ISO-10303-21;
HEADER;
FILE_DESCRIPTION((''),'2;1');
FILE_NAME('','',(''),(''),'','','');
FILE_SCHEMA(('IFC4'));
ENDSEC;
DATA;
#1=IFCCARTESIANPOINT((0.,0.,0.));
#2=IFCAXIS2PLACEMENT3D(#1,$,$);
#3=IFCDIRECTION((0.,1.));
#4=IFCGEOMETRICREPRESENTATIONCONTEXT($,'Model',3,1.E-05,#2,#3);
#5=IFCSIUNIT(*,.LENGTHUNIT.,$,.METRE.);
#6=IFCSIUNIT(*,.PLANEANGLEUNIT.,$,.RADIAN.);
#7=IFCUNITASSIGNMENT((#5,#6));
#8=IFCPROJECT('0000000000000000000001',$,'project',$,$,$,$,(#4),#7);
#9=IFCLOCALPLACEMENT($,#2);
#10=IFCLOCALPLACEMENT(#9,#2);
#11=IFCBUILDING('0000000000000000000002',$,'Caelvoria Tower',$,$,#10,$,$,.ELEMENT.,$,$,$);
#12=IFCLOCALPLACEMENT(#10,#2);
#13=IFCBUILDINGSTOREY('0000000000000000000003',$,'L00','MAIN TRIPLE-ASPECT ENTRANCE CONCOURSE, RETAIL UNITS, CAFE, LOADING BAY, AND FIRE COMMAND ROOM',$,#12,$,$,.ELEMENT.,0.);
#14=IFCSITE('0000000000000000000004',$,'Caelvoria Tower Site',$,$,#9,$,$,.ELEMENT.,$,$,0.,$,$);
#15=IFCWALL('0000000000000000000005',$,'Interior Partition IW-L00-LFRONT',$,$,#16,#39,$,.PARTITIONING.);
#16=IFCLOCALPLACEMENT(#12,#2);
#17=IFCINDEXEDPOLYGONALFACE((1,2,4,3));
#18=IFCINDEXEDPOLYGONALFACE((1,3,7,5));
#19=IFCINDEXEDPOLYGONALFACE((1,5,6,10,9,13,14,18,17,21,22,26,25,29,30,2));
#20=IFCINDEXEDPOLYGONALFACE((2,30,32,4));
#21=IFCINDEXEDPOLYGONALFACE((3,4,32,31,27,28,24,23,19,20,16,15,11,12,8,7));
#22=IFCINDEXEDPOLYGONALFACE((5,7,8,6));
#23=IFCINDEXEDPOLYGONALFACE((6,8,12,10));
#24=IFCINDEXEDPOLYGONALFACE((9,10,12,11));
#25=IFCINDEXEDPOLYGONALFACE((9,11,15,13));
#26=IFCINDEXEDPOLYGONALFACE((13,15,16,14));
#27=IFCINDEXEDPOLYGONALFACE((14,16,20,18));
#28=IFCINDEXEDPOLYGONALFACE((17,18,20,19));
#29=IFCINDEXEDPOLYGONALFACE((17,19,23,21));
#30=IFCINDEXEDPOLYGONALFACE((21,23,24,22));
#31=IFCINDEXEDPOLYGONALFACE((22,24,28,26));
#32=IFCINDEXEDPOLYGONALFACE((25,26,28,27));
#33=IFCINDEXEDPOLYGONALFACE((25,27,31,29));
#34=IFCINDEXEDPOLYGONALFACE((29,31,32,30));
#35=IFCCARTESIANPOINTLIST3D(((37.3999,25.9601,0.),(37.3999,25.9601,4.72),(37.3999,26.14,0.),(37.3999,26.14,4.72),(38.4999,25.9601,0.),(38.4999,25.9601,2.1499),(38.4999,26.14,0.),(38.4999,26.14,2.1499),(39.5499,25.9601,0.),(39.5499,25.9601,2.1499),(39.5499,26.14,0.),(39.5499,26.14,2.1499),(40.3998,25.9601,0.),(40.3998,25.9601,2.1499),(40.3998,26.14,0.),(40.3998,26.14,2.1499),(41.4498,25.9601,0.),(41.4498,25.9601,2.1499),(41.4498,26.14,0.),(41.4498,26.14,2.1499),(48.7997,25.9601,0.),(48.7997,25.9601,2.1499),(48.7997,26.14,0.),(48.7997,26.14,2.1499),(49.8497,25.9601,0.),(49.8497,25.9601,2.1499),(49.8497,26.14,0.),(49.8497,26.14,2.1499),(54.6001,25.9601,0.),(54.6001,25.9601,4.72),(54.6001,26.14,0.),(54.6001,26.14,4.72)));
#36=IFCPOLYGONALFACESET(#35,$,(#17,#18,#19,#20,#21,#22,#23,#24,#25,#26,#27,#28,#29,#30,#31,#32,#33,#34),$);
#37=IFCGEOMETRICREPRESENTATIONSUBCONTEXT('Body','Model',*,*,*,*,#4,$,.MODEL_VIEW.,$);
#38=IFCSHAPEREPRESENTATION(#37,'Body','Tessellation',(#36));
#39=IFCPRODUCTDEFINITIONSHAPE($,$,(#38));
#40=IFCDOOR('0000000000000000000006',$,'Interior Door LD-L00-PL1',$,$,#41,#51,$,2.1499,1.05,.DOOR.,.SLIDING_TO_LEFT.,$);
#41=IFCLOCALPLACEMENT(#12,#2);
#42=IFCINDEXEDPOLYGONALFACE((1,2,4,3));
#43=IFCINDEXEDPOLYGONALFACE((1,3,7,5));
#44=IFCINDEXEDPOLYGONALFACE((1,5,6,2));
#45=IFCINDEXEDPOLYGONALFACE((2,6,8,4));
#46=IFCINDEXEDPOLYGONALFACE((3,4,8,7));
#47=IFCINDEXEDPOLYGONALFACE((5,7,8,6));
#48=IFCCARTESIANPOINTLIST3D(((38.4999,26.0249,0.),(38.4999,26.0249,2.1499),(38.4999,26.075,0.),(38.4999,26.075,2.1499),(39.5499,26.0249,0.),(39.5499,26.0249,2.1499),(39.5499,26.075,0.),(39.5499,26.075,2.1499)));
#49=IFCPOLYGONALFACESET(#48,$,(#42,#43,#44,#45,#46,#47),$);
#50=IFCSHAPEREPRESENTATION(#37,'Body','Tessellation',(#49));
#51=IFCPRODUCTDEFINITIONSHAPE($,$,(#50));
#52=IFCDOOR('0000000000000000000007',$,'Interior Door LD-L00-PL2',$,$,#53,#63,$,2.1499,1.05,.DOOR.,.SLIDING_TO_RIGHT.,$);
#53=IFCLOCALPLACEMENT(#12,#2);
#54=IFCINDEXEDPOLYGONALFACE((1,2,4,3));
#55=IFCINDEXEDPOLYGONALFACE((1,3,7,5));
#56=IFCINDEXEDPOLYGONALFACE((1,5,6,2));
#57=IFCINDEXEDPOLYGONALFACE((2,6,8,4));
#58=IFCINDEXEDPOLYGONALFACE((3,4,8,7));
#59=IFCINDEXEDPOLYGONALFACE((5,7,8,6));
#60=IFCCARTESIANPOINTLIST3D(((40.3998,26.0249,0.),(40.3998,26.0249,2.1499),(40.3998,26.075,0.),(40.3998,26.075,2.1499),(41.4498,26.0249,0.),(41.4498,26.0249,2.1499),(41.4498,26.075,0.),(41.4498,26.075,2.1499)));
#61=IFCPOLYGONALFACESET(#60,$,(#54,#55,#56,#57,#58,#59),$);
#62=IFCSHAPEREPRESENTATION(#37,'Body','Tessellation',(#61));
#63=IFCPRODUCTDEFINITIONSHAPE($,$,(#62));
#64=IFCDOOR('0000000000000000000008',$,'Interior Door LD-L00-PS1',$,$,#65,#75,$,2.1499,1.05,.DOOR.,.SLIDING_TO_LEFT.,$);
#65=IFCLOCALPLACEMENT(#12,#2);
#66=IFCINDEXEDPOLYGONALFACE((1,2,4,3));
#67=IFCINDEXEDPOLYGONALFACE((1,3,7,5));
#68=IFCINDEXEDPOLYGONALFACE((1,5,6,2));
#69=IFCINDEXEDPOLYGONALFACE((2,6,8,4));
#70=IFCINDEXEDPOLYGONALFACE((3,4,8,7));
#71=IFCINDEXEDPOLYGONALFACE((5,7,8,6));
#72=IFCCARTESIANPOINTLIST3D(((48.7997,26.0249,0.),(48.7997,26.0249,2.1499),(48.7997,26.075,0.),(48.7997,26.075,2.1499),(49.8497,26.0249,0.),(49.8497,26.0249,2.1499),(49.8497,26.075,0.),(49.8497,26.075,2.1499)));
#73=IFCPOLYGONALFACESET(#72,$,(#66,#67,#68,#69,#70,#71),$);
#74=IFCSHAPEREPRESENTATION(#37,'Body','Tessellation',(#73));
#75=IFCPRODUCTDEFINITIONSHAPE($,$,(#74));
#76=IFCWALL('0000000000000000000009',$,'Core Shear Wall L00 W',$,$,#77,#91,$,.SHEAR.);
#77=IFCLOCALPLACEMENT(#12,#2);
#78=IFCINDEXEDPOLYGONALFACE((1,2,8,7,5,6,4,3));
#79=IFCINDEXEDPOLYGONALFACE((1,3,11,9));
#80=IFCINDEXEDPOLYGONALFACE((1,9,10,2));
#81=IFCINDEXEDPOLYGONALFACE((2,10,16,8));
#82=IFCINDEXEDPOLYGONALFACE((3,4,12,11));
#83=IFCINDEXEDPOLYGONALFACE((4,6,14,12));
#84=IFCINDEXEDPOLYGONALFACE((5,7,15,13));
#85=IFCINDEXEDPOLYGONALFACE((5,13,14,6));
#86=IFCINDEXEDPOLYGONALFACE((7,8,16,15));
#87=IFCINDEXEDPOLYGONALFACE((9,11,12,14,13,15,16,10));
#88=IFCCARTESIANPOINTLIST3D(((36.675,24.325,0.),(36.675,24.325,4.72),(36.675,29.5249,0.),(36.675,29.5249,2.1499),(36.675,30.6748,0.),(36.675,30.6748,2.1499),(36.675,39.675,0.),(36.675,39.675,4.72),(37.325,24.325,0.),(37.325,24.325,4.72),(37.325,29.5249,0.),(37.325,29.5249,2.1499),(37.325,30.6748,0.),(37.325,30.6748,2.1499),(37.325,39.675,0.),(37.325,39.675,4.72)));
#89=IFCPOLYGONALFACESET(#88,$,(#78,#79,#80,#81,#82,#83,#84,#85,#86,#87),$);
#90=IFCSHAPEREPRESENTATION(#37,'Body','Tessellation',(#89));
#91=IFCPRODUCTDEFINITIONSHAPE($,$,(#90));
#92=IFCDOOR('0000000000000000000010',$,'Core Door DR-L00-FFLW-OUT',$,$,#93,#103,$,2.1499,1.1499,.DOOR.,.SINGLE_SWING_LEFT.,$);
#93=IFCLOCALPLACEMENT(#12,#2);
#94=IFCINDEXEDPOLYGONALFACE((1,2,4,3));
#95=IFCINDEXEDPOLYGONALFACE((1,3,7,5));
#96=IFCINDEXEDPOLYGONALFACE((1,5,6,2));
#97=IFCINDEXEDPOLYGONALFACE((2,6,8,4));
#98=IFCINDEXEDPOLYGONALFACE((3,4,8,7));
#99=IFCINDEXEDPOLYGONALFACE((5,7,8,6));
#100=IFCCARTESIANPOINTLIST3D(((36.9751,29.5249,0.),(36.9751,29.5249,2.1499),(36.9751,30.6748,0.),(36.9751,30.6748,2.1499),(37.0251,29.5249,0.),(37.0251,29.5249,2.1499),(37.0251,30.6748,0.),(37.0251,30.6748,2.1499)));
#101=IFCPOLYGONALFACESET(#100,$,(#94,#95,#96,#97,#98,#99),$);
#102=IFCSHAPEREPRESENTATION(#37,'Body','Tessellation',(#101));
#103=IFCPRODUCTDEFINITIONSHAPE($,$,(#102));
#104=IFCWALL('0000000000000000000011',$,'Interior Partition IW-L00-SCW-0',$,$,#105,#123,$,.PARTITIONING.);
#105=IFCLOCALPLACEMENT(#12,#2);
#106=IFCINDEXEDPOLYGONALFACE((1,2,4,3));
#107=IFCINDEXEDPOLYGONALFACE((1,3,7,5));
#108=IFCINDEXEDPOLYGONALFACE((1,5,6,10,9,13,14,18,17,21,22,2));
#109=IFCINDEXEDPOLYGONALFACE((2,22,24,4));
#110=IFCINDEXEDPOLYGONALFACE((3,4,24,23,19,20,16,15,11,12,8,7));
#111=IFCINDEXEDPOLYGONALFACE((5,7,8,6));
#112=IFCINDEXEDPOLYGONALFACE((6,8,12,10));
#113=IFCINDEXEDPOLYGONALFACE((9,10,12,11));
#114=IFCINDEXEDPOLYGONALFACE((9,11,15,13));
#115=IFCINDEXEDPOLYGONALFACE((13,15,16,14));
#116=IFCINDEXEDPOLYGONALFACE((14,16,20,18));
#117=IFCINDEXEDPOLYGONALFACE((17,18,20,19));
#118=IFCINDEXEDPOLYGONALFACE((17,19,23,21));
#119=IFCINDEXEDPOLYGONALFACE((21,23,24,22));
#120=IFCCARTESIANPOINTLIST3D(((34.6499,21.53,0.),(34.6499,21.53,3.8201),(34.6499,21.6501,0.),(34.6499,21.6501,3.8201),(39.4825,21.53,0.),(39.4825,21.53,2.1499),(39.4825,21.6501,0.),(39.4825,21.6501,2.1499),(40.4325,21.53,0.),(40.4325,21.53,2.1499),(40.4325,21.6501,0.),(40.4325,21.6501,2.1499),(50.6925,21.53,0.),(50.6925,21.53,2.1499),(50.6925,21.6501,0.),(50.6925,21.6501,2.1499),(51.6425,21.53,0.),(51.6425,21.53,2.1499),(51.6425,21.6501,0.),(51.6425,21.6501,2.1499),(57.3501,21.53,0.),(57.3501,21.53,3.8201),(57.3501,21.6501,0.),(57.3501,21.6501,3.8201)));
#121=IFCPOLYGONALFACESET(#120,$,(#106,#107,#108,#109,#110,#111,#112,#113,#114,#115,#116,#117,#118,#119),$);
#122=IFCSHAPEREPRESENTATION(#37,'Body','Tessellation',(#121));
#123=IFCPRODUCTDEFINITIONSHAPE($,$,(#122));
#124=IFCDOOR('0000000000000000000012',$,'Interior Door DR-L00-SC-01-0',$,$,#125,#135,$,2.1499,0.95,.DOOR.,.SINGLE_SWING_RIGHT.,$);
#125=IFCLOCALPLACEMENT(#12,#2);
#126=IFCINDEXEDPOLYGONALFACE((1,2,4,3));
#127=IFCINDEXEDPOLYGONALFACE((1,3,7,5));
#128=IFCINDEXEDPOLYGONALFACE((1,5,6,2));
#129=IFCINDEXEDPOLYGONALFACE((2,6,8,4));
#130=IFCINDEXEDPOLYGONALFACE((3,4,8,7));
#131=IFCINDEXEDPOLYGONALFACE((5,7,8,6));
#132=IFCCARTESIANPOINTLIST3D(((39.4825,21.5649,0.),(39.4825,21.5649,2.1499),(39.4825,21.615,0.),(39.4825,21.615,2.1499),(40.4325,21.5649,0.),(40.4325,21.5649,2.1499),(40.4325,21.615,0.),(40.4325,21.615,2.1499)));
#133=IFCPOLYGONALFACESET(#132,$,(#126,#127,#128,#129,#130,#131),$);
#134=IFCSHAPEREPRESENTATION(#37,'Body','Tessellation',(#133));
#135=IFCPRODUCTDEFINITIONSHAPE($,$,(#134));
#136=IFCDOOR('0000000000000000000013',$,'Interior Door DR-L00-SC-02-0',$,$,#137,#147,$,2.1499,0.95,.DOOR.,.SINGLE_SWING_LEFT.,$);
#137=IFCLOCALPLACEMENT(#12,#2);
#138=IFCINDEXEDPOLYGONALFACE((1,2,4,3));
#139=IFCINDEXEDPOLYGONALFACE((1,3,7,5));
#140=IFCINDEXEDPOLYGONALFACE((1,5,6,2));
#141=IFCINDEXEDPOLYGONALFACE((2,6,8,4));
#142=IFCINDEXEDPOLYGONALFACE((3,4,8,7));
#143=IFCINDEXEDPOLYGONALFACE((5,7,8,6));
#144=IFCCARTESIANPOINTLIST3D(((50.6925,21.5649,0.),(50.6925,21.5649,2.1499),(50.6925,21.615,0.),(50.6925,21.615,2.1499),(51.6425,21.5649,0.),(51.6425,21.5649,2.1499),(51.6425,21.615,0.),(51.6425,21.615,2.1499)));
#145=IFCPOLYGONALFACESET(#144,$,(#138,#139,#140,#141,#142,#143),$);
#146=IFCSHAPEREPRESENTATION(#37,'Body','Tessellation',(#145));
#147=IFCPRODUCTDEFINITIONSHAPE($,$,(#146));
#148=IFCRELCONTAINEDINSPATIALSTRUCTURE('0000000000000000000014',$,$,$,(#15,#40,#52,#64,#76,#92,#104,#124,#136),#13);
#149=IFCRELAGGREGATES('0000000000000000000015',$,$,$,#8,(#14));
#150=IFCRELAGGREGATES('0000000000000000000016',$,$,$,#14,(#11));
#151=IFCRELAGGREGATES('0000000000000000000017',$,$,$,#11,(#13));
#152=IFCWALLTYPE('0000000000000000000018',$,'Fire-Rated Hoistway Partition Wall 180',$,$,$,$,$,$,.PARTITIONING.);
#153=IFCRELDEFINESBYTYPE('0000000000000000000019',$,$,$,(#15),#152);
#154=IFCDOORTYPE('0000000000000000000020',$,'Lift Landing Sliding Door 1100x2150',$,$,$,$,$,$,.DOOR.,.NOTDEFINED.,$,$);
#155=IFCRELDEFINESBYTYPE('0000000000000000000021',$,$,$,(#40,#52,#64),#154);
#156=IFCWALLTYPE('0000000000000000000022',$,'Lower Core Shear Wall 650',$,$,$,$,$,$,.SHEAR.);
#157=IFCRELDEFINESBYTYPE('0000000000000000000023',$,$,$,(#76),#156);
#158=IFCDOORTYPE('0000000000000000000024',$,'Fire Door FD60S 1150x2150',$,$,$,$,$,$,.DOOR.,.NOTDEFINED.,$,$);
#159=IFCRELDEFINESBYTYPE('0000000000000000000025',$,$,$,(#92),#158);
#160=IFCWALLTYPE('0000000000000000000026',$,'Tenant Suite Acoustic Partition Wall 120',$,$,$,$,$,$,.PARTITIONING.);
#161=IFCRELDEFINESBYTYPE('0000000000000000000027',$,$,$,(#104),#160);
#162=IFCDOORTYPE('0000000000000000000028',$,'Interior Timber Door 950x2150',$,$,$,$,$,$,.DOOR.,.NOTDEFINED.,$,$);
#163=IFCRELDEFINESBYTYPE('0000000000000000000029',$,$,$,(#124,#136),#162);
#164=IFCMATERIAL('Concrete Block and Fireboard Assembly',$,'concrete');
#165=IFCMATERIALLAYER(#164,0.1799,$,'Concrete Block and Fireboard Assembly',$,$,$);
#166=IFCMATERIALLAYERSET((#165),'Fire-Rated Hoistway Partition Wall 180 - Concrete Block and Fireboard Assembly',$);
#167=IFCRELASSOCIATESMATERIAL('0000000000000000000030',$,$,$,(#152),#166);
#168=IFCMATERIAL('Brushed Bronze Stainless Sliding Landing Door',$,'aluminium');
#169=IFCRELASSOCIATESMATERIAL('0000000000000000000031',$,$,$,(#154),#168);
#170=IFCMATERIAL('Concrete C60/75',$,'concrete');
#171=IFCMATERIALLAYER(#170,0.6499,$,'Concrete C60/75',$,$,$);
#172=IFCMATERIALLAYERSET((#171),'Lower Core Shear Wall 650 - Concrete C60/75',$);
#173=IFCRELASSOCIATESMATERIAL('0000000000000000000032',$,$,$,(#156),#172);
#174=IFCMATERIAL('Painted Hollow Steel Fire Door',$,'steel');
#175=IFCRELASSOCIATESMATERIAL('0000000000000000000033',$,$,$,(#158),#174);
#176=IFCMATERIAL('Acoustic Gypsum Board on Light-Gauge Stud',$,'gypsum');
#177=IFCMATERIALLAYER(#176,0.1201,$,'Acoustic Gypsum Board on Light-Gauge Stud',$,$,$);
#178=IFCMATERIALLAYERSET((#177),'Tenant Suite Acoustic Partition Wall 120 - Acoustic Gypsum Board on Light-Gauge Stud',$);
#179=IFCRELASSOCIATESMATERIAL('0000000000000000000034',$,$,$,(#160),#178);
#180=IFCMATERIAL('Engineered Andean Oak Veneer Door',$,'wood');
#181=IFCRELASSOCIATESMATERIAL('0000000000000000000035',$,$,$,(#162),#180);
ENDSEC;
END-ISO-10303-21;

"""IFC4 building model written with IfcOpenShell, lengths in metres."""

from ifc_helpers import new_model, si_unit, direction, frame, frame_2d, origin, place, context, subcontext, project, spatial, rectangle, extrude, material, layer, layer_set, type_object, element, fill, save


model = new_model("IFC4")

# Units and contexts
model_context = context("Model", 3, precision=1e-05, world=origin(), true_north=direction((0.0, 1.0)))
body_context = subcontext(model_context, "Body", "Model", "MODEL_VIEW")
ifc_project = project(units=[si_unit("LENGTHUNIT", "METRE"), si_unit("PLANEANGLEUNIT", "RADIAN")], contexts=[model_context])

# Site, building, storey
site_placement = place(None, origin())
site = spatial("IfcSite", under=ifc_project, at=site_placement, Name="Caelvoria Tower Site", CompositionType="ELEMENT", RefElevation=0.0)
building_placement = place(site_placement, origin())
building = spatial("IfcBuilding", under=site, at=building_placement, Name="Caelvoria Tower", CompositionType="ELEMENT")
storey_placement = place(building_placement, origin())
storey = spatial("IfcBuildingStorey", under=building, at=storey_placement, Name="L00", Description="MAIN TRIPLE-ASPECT ENTRANCE CONCOURSE, RETAIL UNITS, CAFE, LOADING BAY, AND FIRE COMMAND ROOM", CompositionType="ELEMENT", Elevation=0.0)

# Wall, openings, doors
ifc_material_1 = material(Name="Concrete Block and Fireboard Assembly", Category="concrete")
ifc_layer_1 = layer(ifc_material_1, 0.1799, Name="Concrete Block and Fireboard Assembly")
ifc_layer_set_1 = layer_set([ifc_layer_1], Name="Fire-Rated Hoistway Partition Wall 180 - Concrete Block and Fireboard Assembly")
wall_type_1 = type_object("IfcWallType", Name="Fire-Rated Hoistway Partition Wall 180", PredefinedType="PARTITIONING", material=ifc_layer_set_1)
wall_1_placement = place(storey_placement, frame((37.3999, 26.05, 0.0), z_axis=(0.0, 0.0, 1.0), x_axis=(1.0, 0.0, 0.0)))
wall_1 = element("IfcWall", 1, at=wall_1_placement, inside=storey, type_object=wall_type_1, Name="Interior Partition IW-L00-LFRONT", PredefinedType="PARTITIONING", context=body_context, shape_type="SweptSolid", body=[
    extrude(rectangle(XDim=17.2002, YDim=0.1799, at=frame_2d((8.6001, 0.0))), origin(), (0.0, 0.0, 1.0), 4.72),
])
opening_1_placement = place(wall_1_placement, frame((1.1001, 0.0, 0.0)))
opening_1 = element("IfcOpeningElement", 2, at=opening_1_placement, cuts=wall_1, PredefinedType="OPENING", context=body_context, shape_type="SweptSolid", body=[
    extrude(rectangle(XDim=1.05, YDim=2.1499, at=frame_2d((0.5249, 1.075))), frame((0.0, 0.0999, 0.0), z_axis=(0.0, -1.0, 0.0), x_axis=(1.0, 0.0, 0.0)), (0.0, 0.0, 1.0), 0.2),
])
opening_2_placement = place(wall_1_placement, frame((3.0, 0.0, 0.0)))
opening_2 = element("IfcOpeningElement", 3, at=opening_2_placement, cuts=wall_1, PredefinedType="OPENING", context=body_context, shape_type="SweptSolid", body=[
    extrude(rectangle(XDim=1.05, YDim=2.1499, at=frame_2d((0.5249, 1.075))), frame((0.0, 0.0999, 0.0), z_axis=(0.0, -1.0, 0.0), x_axis=(1.0, 0.0, 0.0)), (0.0, 0.0, 1.0), 0.2),
])
opening_3_placement = place(wall_1_placement, frame((11.3999, 0.0, 0.0)))
opening_3 = element("IfcOpeningElement", 4, at=opening_3_placement, cuts=wall_1, PredefinedType="OPENING", context=body_context, shape_type="SweptSolid", body=[
    extrude(rectangle(XDim=1.05, YDim=2.1499, at=frame_2d((0.5249, 1.075))), frame((0.0, 0.0999, 0.0), z_axis=(0.0, -1.0, 0.0), x_axis=(1.0, 0.0, 0.0)), (0.0, 0.0, 1.0), 0.2),
])
ifc_material_2 = material(Name="Brushed Bronze Stainless Sliding Landing Door", Category="aluminium")
door_type_1 = type_object("IfcDoorType", Name="Lift Landing Sliding Door 1100x2150", OperationType="NOTDEFINED", PredefinedType="DOOR", material=ifc_material_2)
door_1_placement = place(opening_1_placement, origin())
door_1 = element("IfcDoor", 5, at=door_1_placement, inside=storey, type_object=door_type_1, Name="Interior Door LD-L00-PL1", OperationType="SLIDING_TO_LEFT", OverallHeight=2.1499, OverallWidth=1.05, PredefinedType="DOOR", context=body_context, shape_type="SweptSolid", body=[
    extrude(rectangle(XDim=1.05, YDim=2.1499, at=frame_2d((0.5249, 1.075))), frame((0.0, 0.0249, 0.0), z_axis=(0.0, -1.0, 0.0), x_axis=(1.0, 0.0, 0.0)), (0.0, 0.0, 1.0), 0.05),
])
fill(opening_1, door_1)
door_2_placement = place(opening_2_placement, origin())
door_2 = element("IfcDoor", 6, at=door_2_placement, inside=storey, type_object=door_type_1, Name="Interior Door LD-L00-PL2", OperationType="SLIDING_TO_RIGHT", OverallHeight=2.1499, OverallWidth=1.05, PredefinedType="DOOR", context=body_context, shape_type="SweptSolid", body=[
    extrude(rectangle(XDim=1.05, YDim=2.1499, at=frame_2d((0.5249, 1.075))), frame((0.0, 0.0249, 0.0), z_axis=(0.0, -1.0, 0.0), x_axis=(1.0, 0.0, 0.0)), (0.0, 0.0, 1.0), 0.05),
])
fill(opening_2, door_2)
door_3_placement = place(opening_3_placement, origin())
door_3 = element("IfcDoor", 7, at=door_3_placement, inside=storey, type_object=door_type_1, Name="Interior Door LD-L00-PS1", OperationType="SLIDING_TO_LEFT", OverallHeight=2.1499, OverallWidth=1.05, PredefinedType="DOOR", context=body_context, shape_type="SweptSolid", body=[
    extrude(rectangle(XDim=1.05, YDim=2.1499, at=frame_2d((0.5249, 1.075))), frame((0.0, 0.0249, 0.0), z_axis=(0.0, -1.0, 0.0), x_axis=(1.0, 0.0, 0.0)), (0.0, 0.0, 1.0), 0.05),
])
fill(opening_3, door_3)
ifc_material_3 = material(Name="Concrete C60/75", Category="concrete")
ifc_layer_2 = layer(ifc_material_3, 0.6499, Name="Concrete C60/75")
ifc_layer_set_2 = layer_set([ifc_layer_2], Name="Lower Core Shear Wall 650 - Concrete C60/75")
wall_type_2 = type_object("IfcWallType", Name="Lower Core Shear Wall 650", PredefinedType="SHEAR", material=ifc_layer_set_2)

# Wall, opening, door
wall_2_placement = place(storey_placement, frame((37.0, 24.325, 0.0), z_axis=(0.0, 0.0, 1.0), x_axis=(0.0, 1.0, 0.0)))
wall_2 = element("IfcWall", 8, at=wall_2_placement, inside=storey, type_object=wall_type_2, Name="Core Shear Wall L00 W", PredefinedType="SHEAR", context=body_context, shape_type="SweptSolid", body=[
    extrude(rectangle(XDim=15.3501, YDim=0.6499, at=frame_2d((7.675, 0.0))), origin(), (0.0, 0.0, 1.0), 4.72),
])
opening_4_placement = place(wall_2_placement, frame((5.2, 0.0, 0.0)))
opening_4 = element("IfcOpeningElement", 9, at=opening_4_placement, cuts=wall_2, PredefinedType="OPENING", context=body_context, shape_type="SweptSolid", body=[
    extrude(rectangle(XDim=1.1499, YDim=2.1499, at=frame_2d((0.575, 1.075))), frame((0.0, 0.335, 0.0), z_axis=(0.0, -1.0, 0.0), x_axis=(1.0, 0.0, 0.0)), (0.0, 0.0, 1.0), 0.6699),
])
ifc_material_4 = material(Name="Painted Hollow Steel Fire Door", Category="steel")
door_type_2 = type_object("IfcDoorType", Name="Fire Door FD60S 1150x2150", OperationType="NOTDEFINED", PredefinedType="DOOR", material=ifc_material_4)
door_4_placement = place(opening_4_placement, origin())
door_4 = element("IfcDoor", 10, at=door_4_placement, inside=storey, type_object=door_type_2, Name="Core Door DR-L00-FFLW-OUT", OperationType="SINGLE_SWING_LEFT", OverallHeight=2.1499, OverallWidth=1.1499, PredefinedType="DOOR", context=body_context, shape_type="SweptSolid", body=[
    extrude(rectangle(XDim=1.1499, YDim=2.1499, at=frame_2d((0.575, 1.075))), frame((0.0, 0.0249, 0.0), z_axis=(0.0, -1.0, 0.0), x_axis=(1.0, 0.0, 0.0)), (0.0, 0.0, 1.0), 0.05),
])
fill(opening_4, door_4)

# Wall, openings, doors
ifc_material_5 = material(Name="Acoustic Gypsum Board on Light-Gauge Stud", Category="gypsum")
ifc_layer_3 = layer(ifc_material_5, 0.1201, Name="Acoustic Gypsum Board on Light-Gauge Stud")
ifc_layer_set_3 = layer_set([ifc_layer_3], Name="Tenant Suite Acoustic Partition Wall 120 - Acoustic Gypsum Board on Light-Gauge Stud")
wall_type_3 = type_object("IfcWallType", Name="Tenant Suite Acoustic Partition Wall 120", PredefinedType="PARTITIONING", material=ifc_layer_set_3)
wall_3_placement = place(storey_placement, frame((34.6499, 21.5901, 0.0), z_axis=(0.0, 0.0, 1.0), x_axis=(1.0, 0.0, 0.0)))
wall_3 = element("IfcWall", 11, at=wall_3_placement, inside=storey, type_object=wall_type_3, Name="Interior Partition IW-L00-SCW-0", PredefinedType="PARTITIONING", context=body_context, shape_type="SweptSolid", body=[
    extrude(rectangle(XDim=22.7002, YDim=0.1201, at=frame_2d((11.3501, 0.0))), origin(), (0.0, 0.0, 1.0), 3.8201),
])
opening_5_placement = place(wall_3_placement, frame((4.8325, 0.0, 0.0)))
opening_5 = element("IfcOpeningElement", 12, at=opening_5_placement, cuts=wall_3, PredefinedType="OPENING", context=body_context, shape_type="SweptSolid", body=[
    extrude(rectangle(XDim=0.95, YDim=2.1499, at=frame_2d((0.4751, 1.075))), frame((0.0, 0.0701, 0.0), z_axis=(0.0, -1.0, 0.0), x_axis=(1.0, 0.0, 0.0)), (0.0, 0.0, 1.0), 0.1401),
])
opening_6_placement = place(wall_3_placement, frame((16.0425, 0.0, 0.0)))
opening_6 = element("IfcOpeningElement", 13, at=opening_6_placement, cuts=wall_3, PredefinedType="OPENING", context=body_context, shape_type="SweptSolid", body=[
    extrude(rectangle(XDim=0.95, YDim=2.1499, at=frame_2d((0.4751, 1.075))), frame((0.0, 0.0701, 0.0), z_axis=(0.0, -1.0, 0.0), x_axis=(1.0, 0.0, 0.0)), (0.0, 0.0, 1.0), 0.1401),
])
ifc_material_6 = material(Name="Engineered Andean Oak Veneer Door", Category="wood")
door_type_3 = type_object("IfcDoorType", Name="Interior Timber Door 950x2150", OperationType="NOTDEFINED", PredefinedType="DOOR", material=ifc_material_6)
door_5_placement = place(opening_5_placement, origin())
door_5 = element("IfcDoor", 14, at=door_5_placement, inside=storey, type_object=door_type_3, Name="Interior Door DR-L00-SC-01-0", OperationType="SINGLE_SWING_RIGHT", OverallHeight=2.1499, OverallWidth=0.95, PredefinedType="DOOR", context=body_context, shape_type="SweptSolid", body=[
    extrude(rectangle(XDim=0.95, YDim=2.1499, at=frame_2d((0.4751, 1.075))), frame((0.0, 0.0249, 0.0), z_axis=(0.0, -1.0, 0.0), x_axis=(1.0, 0.0, 0.0)), (0.0, 0.0, 1.0), 0.05),
])
fill(opening_5, door_5)
door_6_placement = place(opening_6_placement, origin())
door_6 = element("IfcDoor", 15, at=door_6_placement, inside=storey, type_object=door_type_3, Name="Interior Door DR-L00-SC-02-0", OperationType="SINGLE_SWING_LEFT", OverallHeight=2.1499, OverallWidth=0.95, PredefinedType="DOOR", context=body_context, shape_type="SweptSolid", body=[
    extrude(rectangle(XDim=0.95, YDim=2.1499, at=frame_2d((0.4751, 1.075))), frame((0.0, 0.0249, 0.0), z_axis=(0.0, -1.0, 0.0), x_axis=(1.0, 0.0, 0.0)), (0.0, 0.0, 1.0), 0.05),
])
fill(opening_6, door_6)

save(model, "model.ifc")
